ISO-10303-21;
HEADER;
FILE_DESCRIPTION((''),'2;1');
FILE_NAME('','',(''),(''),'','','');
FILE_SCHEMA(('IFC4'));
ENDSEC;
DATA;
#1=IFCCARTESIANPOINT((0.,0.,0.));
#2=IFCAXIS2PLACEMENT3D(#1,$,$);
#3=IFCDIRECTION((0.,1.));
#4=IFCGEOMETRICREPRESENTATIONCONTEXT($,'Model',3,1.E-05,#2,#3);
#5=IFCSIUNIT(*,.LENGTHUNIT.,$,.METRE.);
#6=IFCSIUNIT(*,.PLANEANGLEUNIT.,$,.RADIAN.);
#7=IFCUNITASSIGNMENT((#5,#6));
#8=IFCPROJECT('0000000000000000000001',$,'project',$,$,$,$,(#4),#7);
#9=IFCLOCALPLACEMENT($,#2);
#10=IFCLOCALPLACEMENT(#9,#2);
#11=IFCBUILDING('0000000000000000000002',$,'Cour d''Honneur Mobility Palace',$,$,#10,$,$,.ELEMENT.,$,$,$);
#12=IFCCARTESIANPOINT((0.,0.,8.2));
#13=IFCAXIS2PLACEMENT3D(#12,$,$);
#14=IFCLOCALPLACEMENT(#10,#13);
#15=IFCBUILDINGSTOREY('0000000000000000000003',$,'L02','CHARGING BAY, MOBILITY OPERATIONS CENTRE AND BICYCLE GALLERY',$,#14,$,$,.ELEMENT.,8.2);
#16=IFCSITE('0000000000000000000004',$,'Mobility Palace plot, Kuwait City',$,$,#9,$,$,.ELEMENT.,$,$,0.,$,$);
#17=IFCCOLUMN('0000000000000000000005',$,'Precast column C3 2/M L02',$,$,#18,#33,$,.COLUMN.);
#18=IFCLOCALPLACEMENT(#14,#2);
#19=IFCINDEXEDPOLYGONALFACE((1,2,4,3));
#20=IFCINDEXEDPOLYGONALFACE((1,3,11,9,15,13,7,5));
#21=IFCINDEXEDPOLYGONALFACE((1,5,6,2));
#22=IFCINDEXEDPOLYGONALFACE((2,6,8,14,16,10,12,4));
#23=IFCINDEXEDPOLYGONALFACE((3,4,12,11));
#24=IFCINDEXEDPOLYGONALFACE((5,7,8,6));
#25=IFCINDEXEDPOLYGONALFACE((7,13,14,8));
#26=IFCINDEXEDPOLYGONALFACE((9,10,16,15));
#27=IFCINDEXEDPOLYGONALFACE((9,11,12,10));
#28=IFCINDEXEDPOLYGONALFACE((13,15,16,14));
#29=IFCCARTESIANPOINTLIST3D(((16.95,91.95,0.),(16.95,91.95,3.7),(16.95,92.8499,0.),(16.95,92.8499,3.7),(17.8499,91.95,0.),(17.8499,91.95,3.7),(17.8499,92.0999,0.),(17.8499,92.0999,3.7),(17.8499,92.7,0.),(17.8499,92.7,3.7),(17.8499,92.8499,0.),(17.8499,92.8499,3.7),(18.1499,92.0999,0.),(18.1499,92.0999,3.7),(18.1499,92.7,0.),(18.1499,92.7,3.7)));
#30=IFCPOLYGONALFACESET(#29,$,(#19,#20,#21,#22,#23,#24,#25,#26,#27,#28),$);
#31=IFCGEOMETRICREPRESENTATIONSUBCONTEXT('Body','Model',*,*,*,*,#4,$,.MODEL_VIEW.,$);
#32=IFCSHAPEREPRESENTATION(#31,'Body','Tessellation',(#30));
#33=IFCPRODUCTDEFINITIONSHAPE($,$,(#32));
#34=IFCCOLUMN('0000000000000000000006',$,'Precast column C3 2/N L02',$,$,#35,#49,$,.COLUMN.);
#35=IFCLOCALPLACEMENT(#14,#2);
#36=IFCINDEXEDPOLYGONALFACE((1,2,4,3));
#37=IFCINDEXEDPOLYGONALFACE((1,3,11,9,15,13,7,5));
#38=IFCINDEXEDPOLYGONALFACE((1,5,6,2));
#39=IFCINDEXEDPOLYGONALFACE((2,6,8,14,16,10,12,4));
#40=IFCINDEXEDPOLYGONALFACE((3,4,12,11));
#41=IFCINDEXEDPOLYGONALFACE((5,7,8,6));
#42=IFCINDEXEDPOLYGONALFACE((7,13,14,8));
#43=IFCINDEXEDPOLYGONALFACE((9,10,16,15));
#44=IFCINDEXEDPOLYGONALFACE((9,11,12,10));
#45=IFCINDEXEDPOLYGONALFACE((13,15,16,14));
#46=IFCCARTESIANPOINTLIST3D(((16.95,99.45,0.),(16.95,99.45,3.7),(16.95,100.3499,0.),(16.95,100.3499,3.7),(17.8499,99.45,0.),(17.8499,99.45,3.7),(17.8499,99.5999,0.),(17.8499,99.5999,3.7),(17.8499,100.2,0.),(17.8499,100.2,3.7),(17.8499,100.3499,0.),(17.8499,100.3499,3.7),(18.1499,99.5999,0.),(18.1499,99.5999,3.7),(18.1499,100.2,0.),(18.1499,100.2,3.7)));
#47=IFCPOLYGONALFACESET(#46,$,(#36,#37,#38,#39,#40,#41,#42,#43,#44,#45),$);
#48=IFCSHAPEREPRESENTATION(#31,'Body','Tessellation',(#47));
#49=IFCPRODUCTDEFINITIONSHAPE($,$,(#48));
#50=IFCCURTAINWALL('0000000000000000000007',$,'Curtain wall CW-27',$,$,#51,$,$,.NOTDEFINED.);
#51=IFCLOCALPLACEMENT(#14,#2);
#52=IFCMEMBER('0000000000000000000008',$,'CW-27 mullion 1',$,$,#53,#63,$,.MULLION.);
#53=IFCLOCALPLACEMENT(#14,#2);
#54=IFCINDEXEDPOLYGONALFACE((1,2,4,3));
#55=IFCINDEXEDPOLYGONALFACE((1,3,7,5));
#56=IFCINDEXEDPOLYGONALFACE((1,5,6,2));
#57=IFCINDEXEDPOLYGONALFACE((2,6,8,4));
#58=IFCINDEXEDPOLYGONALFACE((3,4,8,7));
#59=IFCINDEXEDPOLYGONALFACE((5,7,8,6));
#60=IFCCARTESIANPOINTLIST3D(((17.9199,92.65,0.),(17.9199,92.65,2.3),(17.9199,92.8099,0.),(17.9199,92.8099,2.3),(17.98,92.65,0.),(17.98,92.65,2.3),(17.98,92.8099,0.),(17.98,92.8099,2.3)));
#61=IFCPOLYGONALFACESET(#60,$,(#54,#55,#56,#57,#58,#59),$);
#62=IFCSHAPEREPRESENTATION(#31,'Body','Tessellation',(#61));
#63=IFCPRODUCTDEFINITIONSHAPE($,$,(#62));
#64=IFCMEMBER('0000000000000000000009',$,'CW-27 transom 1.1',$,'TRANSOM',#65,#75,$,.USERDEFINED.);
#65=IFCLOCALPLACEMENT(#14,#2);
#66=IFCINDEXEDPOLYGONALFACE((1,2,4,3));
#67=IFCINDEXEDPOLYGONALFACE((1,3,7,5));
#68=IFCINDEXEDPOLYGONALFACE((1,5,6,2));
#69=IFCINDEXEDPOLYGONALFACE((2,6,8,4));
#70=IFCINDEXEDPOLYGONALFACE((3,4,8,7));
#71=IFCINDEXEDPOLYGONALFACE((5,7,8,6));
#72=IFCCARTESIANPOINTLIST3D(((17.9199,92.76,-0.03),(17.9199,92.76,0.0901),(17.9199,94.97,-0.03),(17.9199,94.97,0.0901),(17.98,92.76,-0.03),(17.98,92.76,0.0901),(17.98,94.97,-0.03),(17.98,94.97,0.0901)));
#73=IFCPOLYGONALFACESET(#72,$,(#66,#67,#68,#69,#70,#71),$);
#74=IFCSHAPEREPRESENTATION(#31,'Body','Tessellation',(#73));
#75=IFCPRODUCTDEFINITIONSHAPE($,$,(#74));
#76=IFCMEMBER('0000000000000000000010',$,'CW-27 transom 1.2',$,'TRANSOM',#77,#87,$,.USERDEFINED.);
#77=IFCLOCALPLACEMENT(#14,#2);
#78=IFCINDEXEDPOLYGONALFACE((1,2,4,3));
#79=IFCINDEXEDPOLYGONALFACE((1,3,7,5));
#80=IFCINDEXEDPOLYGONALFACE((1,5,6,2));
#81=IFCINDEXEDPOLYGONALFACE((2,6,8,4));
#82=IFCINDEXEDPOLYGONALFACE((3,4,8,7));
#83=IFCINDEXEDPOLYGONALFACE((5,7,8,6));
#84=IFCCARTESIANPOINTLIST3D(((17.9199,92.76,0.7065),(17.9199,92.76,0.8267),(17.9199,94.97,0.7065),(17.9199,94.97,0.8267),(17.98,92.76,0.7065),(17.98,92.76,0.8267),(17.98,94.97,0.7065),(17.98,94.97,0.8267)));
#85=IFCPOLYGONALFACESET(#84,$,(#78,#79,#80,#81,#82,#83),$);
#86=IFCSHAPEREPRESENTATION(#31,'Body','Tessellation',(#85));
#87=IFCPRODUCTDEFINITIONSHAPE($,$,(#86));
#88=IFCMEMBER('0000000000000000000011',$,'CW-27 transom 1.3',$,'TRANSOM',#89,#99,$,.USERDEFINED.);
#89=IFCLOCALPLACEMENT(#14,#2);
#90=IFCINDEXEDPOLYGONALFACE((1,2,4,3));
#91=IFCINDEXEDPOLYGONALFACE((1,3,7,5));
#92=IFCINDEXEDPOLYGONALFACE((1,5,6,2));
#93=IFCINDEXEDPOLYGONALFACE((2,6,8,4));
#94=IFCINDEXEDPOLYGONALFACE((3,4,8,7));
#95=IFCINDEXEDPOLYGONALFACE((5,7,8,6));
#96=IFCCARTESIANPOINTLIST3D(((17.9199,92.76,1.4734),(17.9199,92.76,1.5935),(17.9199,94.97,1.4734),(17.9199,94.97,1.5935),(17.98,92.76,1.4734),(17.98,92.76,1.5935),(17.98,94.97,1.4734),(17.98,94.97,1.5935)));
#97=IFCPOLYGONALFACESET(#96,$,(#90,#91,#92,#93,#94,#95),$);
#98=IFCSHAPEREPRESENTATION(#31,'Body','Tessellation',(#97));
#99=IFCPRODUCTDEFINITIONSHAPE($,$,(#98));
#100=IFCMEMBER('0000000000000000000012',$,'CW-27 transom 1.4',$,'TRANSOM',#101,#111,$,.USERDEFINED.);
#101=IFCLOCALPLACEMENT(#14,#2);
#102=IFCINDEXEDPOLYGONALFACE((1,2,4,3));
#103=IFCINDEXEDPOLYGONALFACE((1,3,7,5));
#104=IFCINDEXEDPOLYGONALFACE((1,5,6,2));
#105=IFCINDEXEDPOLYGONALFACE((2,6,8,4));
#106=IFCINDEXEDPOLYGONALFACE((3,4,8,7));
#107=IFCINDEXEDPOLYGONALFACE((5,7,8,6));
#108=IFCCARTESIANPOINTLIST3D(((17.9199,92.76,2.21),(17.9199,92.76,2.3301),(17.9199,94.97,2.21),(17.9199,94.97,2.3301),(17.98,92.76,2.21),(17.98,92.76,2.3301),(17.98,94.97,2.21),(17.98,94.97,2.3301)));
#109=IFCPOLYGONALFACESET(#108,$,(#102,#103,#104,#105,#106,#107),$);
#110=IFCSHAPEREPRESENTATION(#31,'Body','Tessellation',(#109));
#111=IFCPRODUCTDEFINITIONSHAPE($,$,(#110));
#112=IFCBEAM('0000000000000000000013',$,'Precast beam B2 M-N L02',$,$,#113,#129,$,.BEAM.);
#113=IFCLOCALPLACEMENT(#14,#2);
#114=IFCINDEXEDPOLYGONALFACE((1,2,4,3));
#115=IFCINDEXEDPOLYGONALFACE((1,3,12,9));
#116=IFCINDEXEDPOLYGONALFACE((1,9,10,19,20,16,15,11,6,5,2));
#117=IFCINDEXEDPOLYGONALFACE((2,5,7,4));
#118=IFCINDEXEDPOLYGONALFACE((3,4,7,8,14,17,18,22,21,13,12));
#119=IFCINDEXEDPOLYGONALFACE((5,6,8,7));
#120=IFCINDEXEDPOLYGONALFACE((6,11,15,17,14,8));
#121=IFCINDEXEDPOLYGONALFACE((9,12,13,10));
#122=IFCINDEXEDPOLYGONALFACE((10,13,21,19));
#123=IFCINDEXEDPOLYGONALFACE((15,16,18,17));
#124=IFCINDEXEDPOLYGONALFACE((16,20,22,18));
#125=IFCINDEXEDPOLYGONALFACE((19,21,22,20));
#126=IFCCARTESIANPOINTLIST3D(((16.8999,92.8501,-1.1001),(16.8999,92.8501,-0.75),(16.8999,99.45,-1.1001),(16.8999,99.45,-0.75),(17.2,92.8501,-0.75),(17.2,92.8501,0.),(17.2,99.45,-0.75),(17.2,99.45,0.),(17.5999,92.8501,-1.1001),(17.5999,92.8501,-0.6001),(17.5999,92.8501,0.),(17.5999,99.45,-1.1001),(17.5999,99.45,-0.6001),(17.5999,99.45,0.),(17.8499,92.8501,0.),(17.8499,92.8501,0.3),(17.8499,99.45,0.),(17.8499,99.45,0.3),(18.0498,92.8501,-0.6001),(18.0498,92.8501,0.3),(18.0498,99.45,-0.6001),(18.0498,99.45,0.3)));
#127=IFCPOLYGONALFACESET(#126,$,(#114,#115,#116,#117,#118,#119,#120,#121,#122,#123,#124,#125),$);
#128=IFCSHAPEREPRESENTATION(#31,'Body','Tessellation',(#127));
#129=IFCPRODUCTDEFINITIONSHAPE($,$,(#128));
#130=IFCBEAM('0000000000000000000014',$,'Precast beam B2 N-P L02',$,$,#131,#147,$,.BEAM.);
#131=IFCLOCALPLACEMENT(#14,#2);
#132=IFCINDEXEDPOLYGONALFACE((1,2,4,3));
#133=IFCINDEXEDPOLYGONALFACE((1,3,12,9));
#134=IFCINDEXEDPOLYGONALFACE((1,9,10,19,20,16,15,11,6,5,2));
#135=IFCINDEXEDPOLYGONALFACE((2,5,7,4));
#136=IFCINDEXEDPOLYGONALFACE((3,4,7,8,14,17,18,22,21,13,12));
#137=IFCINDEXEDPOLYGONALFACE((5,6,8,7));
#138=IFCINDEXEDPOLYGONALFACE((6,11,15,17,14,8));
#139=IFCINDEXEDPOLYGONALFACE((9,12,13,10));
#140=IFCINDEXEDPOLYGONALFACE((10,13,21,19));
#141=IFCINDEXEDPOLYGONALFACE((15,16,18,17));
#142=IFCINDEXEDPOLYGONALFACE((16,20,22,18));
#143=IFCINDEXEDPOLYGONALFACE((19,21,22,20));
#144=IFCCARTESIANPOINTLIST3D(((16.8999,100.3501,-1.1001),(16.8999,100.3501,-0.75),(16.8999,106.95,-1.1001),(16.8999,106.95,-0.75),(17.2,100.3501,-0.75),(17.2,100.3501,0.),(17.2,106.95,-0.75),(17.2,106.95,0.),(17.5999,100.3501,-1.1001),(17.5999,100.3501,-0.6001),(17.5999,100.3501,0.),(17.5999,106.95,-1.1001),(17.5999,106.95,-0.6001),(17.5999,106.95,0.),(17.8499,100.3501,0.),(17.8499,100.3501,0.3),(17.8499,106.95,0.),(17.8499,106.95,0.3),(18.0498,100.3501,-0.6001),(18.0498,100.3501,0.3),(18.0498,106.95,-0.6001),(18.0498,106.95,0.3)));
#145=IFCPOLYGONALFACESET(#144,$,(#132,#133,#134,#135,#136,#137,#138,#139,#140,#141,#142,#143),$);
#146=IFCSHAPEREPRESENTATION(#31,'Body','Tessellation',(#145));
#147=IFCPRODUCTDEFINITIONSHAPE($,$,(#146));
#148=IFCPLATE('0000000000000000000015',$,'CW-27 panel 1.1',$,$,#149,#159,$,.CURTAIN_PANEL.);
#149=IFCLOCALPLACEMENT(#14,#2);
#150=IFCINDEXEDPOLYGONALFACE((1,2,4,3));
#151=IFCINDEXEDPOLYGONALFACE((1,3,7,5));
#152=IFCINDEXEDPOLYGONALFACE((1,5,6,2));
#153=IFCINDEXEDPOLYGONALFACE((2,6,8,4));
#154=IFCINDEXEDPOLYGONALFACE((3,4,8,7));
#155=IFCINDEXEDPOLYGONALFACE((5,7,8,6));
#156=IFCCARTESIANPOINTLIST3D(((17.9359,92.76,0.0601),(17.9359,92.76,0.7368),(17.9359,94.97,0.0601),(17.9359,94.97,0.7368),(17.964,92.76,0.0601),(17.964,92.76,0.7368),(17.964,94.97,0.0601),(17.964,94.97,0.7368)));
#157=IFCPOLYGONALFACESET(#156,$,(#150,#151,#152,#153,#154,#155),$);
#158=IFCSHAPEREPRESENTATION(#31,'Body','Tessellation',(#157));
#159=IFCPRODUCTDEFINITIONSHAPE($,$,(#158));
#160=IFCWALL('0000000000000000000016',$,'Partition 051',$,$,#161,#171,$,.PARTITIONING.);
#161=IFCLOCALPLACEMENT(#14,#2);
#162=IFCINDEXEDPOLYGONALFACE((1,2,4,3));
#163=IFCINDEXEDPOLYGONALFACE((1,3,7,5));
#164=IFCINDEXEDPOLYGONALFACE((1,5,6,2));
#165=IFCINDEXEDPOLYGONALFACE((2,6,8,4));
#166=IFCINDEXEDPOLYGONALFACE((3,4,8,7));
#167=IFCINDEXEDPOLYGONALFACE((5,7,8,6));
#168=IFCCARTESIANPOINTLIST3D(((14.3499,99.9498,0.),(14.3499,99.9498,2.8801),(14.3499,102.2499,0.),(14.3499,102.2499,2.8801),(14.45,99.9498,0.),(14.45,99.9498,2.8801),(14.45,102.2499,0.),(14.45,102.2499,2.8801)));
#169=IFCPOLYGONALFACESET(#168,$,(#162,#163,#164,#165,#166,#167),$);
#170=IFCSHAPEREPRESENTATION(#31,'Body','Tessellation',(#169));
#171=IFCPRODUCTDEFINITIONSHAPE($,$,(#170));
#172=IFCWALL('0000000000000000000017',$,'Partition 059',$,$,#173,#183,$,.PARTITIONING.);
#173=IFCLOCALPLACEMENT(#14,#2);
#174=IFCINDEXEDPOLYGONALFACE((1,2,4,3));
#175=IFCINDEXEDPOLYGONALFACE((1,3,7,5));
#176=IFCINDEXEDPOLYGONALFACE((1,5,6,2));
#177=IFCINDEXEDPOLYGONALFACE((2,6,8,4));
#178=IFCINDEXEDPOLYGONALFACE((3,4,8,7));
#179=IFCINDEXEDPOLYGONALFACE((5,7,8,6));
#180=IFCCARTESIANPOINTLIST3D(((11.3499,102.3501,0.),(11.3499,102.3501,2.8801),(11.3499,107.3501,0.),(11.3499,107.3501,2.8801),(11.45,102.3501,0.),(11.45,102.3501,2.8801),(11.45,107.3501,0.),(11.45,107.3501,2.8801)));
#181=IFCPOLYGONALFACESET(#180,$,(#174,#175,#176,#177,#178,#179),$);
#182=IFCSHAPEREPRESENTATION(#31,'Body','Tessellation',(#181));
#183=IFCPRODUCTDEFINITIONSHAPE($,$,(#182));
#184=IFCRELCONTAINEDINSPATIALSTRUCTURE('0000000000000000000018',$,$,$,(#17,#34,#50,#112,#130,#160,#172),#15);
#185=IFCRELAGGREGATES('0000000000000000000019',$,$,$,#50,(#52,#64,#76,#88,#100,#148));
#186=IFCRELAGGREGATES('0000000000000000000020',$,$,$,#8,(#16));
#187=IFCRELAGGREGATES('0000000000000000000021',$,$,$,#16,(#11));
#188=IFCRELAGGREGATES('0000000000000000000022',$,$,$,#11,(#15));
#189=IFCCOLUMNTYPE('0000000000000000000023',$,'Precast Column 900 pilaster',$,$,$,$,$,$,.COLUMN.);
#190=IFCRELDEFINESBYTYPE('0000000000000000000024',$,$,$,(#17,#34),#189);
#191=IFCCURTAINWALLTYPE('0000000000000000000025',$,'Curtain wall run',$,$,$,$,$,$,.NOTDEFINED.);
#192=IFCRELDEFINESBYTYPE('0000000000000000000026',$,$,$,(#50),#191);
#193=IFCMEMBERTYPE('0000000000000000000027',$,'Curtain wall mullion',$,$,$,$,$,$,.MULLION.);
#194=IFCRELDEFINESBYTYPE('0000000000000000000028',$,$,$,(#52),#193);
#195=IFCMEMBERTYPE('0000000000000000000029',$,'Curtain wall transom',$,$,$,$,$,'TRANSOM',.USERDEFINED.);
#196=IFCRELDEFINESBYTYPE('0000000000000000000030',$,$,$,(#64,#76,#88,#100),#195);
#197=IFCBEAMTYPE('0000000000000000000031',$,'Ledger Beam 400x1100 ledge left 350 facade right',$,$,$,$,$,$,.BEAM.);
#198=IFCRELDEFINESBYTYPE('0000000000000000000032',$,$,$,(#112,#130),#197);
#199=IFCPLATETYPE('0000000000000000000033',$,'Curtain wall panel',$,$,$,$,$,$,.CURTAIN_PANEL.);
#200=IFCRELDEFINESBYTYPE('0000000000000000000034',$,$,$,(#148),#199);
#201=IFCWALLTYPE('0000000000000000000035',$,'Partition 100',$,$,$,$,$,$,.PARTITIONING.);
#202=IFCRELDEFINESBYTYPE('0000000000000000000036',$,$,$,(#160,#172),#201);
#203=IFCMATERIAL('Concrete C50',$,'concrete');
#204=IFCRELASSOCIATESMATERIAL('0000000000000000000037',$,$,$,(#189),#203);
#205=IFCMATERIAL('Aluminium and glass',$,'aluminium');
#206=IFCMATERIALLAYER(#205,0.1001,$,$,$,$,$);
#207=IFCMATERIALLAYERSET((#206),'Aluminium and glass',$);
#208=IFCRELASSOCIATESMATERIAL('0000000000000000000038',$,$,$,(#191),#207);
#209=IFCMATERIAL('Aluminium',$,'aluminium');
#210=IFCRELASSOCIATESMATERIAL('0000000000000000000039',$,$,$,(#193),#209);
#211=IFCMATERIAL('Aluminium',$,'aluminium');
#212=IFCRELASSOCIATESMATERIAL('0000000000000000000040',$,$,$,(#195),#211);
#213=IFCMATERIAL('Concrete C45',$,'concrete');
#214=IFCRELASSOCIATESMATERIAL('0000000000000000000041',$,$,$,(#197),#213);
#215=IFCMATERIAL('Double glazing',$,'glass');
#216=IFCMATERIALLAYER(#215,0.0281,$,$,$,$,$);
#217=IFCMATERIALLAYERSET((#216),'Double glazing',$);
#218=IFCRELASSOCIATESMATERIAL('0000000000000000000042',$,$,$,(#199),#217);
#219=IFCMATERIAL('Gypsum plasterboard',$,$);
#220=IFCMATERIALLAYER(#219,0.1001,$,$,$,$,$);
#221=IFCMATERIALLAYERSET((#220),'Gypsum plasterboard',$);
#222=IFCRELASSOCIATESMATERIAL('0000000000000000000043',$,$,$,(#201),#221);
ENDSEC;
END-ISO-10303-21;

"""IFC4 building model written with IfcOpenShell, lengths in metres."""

from ifc_helpers import new_model, si_unit, direction, frame, frame_2d, origin, origin_2d, place, context, subcontext, project, spatial, polyline, rectangle, outline, extrude, material, layer, layer_set, material_profile, profile_set, type_object, element, aggregate, save


model = new_model("IFC4")

# Units and contexts
model_context = context("Model", 3, precision=1e-05, world=origin(), true_north=direction((0.0, 1.0)))
body_context = subcontext(model_context, "Body", "Model", "MODEL_VIEW")
ifc_project = project(units=[si_unit("LENGTHUNIT", "METRE"), si_unit("PLANEANGLEUNIT", "RADIAN")], contexts=[model_context])

# Site, building, storey
site_placement = place(None, origin())
site = spatial("IfcSite", under=ifc_project, at=site_placement, Name="Mobility Palace plot, Kuwait City", CompositionType="ELEMENT", RefElevation=0.0)
building_placement = place(site_placement, origin())
building = spatial("IfcBuilding", under=site, at=building_placement, Name="Cour d'Honneur Mobility Palace", CompositionType="ELEMENT")
storey_placement = place(building_placement, frame((0.0, 0.0, 8.2)))
storey = spatial("IfcBuildingStorey", under=building, at=storey_placement, Name="L02", Description="CHARGING BAY, MOBILITY OPERATIONS CENTRE AND BICYCLE GALLERY", CompositionType="ELEMENT", Elevation=8.2)

# Columns
ifc_material_1 = material(Name="Concrete C50", Category="concrete")
ifc_material_profile_1 = material_profile(ifc_material_1, outline(polyline([(-0.45, -0.45), (0.45, -0.45), (0.45, -0.3), (0.75, -0.3), (0.75, 0.3), (0.45, 0.3), (0.45, 0.45), (-0.45, 0.45), (-0.45, -0.45)])), Name="PC C900 pilaster")
ifc_profile_set_1 = profile_set([ifc_material_profile_1], Name="Concrete C50")
column_type = type_object("IfcColumnType", Name="Precast Column 900 pilaster", PredefinedType="COLUMN", material=ifc_profile_set_1)
for number, where, z_axis, x_axis, name in (
    (1, (17.3999, 92.3999, 0.0), (0.0, 0.0, 1.0), (1.0, 0.0, 0.0), "Precast column C3 2/M L02"),
    (2, (17.3999, 99.8999, 0.0), (0.0, 0.0, 1.0), (1.0, 0.0, 0.0), "Precast column C3 2/N L02"),
):
    element("IfcColumn", number, at=place(storey_placement, frame(where, z_axis=z_axis, x_axis=x_axis)), inside=storey, type_object=column_type, Name=name, PredefinedType="COLUMN", context=body_context, shape_type="SweptSolid", body=[
        extrude(outline(polyline([(-0.45, -0.45), (0.45, -0.45), (0.45, -0.3), (0.75, -0.3), (0.75, 0.3), (0.45, 0.3), (0.45, 0.45), (-0.45, 0.45), (-0.45, -0.45)])), origin(), (0.0, 0.0, 1.0), 3.7),
    ])

# Curtain wall, members
ifc_material_2 = material(Name="Aluminium and glass", Category="aluminium")
ifc_layer_1 = layer(ifc_material_2, 0.1001)
ifc_layer_set_1 = layer_set([ifc_layer_1], Name="Aluminium and glass")
curtain_wall_type = type_object("IfcCurtainWallType", Name="Curtain wall run", PredefinedType="NOTDEFINED", material=ifc_layer_set_1)
curtain_wall_placement = place(storey_placement, origin())
curtain_wall = element("IfcCurtainWall", 3, at=curtain_wall_placement, inside=storey, type_object=curtain_wall_type, Name="Curtain wall CW-27", PredefinedType="NOTDEFINED")
ifc_material_3 = material(Name="Aluminium", Category="aluminium")
ifc_material_profile_2 = material_profile(ifc_material_3, rectangle(XDim=0.0601, YDim=0.1599, at=origin_2d()), Name="Curtain wall mullion")
ifc_profile_set_2 = profile_set([ifc_material_profile_2], Name="Aluminium")
member_type_1 = type_object("IfcMemberType", Name="Curtain wall mullion", PredefinedType="MULLION", material=ifc_profile_set_2)
member_1_placement = place(storey_placement, frame((17.95, 92.73, 0.0), z_axis=(0.0, 0.0, 1.0), x_axis=(-1.0, 0.0, 0.0)))
member_1 = element("IfcMember", 4, at=member_1_placement, type_object=member_type_1, Name="CW-27 mullion 1", PredefinedType="MULLION", context=body_context, shape_type="SweptSolid", body=[
    extrude(rectangle(XDim=0.0601, YDim=0.1599, at=origin_2d()), origin(), (0.0, 0.0, 1.0), 2.3),
])
ifc_material_4 = material(Name="Aluminium", Category="aluminium")
ifc_material_profile_3 = material_profile(ifc_material_4, rectangle(XDim=0.0601, YDim=0.1201, at=origin_2d()), Name="Curtain wall transom")
ifc_profile_set_3 = profile_set([ifc_material_profile_3], Name="Aluminium")
member_type_2 = type_object("IfcMemberType", Name="Curtain wall transom", ElementType="TRANSOM", PredefinedType="USERDEFINED", material=ifc_profile_set_3)
member_2_placement = place(storey_placement, frame((17.95, 92.76, 0.03), z_axis=(0.0, 1.0, 0.0), x_axis=(-1.0, 0.0, 0.0)))
member_2 = element("IfcMember", 5, at=member_2_placement, type_object=member_type_2, Name="CW-27 transom 1.1", ObjectType="TRANSOM", PredefinedType="USERDEFINED", context=body_context, shape_type="SweptSolid", body=[
    extrude(rectangle(XDim=0.0601, YDim=0.1201, at=origin_2d()), origin(), (0.0, 0.0, 1.0), 2.21),
])
member_3_placement = place(storey_placement, frame((17.95, 92.76, 0.7666), z_axis=(0.0, 1.0, 0.0), x_axis=(-1.0, 0.0, 0.0)))
member_3 = element("IfcMember", 6, at=member_3_placement, type_object=member_type_2, Name="CW-27 transom 1.2", ObjectType="TRANSOM", PredefinedType="USERDEFINED", context=body_context, shape_type="SweptSolid", body=[
    extrude(rectangle(XDim=0.0601, YDim=0.1201, at=origin_2d()), origin(), (0.0, 0.0, 1.0), 2.21),
])
member_4_placement = place(storey_placement, frame((17.95, 92.76, 1.5334), z_axis=(0.0, 1.0, 0.0), x_axis=(-1.0, 0.0, 0.0)))
member_4 = element("IfcMember", 7, at=member_4_placement, type_object=member_type_2, Name="CW-27 transom 1.3", ObjectType="TRANSOM", PredefinedType="USERDEFINED", context=body_context, shape_type="SweptSolid", body=[
    extrude(rectangle(XDim=0.0601, YDim=0.1201, at=origin_2d()), origin(), (0.0, 0.0, 1.0), 2.21),
])
member_5_placement = place(storey_placement, frame((17.95, 92.76, 2.27), z_axis=(0.0, 1.0, 0.0), x_axis=(-1.0, 0.0, 0.0)))
member_5 = element("IfcMember", 8, at=member_5_placement, type_object=member_type_2, Name="CW-27 transom 1.4", ObjectType="TRANSOM", PredefinedType="USERDEFINED", context=body_context, shape_type="SweptSolid", body=[
    extrude(rectangle(XDim=0.0601, YDim=0.1201, at=origin_2d()), origin(), (0.0, 0.0, 1.0), 2.21),
])

# Beams
ifc_material_5 = material(Name="Concrete C45", Category="concrete")
ifc_material_profile_4 = material_profile(ifc_material_5, outline(polyline([(0.5, -1.1001), (0.5, -0.75), (0.2, -0.75), (0.2, 0.0), (-0.2, 0.0), (-0.45, 0.0), (-0.45, 0.3), (-0.6499, 0.3), (-0.6499, -0.6001), (-0.2, -0.6001), (-0.2, -1.1001), (0.5, -1.1001)])), Name="Ledger Beam 400x1100 ledge left 350 facade right")
ifc_profile_set_4 = profile_set([ifc_material_profile_4], Name="Concrete C45")
beam_type = type_object("IfcBeamType", Name="Ledger Beam 400x1100 ledge left 350 facade right", PredefinedType="BEAM", material=ifc_profile_set_4)
for number, where, z_axis, x_axis, name in (
    (9, (17.3999, 92.8501, 0.0), (0.0, 1.0, 0.0), (-1.0, 0.0, 0.0), "Precast beam B2 M-N L02"),
    (10, (17.3999, 100.3501, 0.0), (0.0, 1.0, 0.0), (-1.0, 0.0, 0.0), "Precast beam B2 N-P L02"),
):
    element("IfcBeam", number, at=place(storey_placement, frame(where, z_axis=z_axis, x_axis=x_axis)), inside=storey, type_object=beam_type, Name=name, PredefinedType="BEAM", context=body_context, shape_type="SweptSolid", body=[
        extrude(outline(polyline([(0.5, -1.1001), (0.5, -0.75), (0.2, -0.75), (0.2, 0.0), (-0.2, 0.0), (-0.45, 0.0), (-0.45, 0.3), (-0.6499, 0.3), (-0.6499, -0.6001), (-0.2, -0.6001), (-0.2, -1.1001), (0.5, -1.1001)])), origin(), (0.0, 0.0, 1.0), 6.5999),
    ])

# Plate
ifc_material_6 = material(Name="Double glazing", Category="glass")
ifc_layer_2 = layer(ifc_material_6, 0.0281)
ifc_layer_set_2 = layer_set([ifc_layer_2], Name="Double glazing")
plate_type = type_object("IfcPlateType", Name="Curtain wall panel", PredefinedType="CURTAIN_PANEL", material=ifc_layer_set_2)
plate_placement = place(storey_placement, frame((17.95, 93.865, 0.0601), z_axis=(0.0, 0.0, 1.0), x_axis=(0.0, 1.0, 0.0)))
plate = element("IfcPlate", 11, at=plate_placement, type_object=plate_type, Name="CW-27 panel 1.1", PredefinedType="CURTAIN_PANEL", context=body_context, shape_type="SweptSolid", body=[
    extrude(rectangle(XDim=2.21, YDim=0.0281, at=origin_2d()), origin(), (0.0, 0.0, 1.0), 0.6768),
])
aggregate(curtain_wall, [member_1, member_2, member_3, member_4, member_5, plate])

# Walls
ifc_material_7 = material(Name="Gypsum plasterboard")
ifc_layer_3 = layer(ifc_material_7, 0.1001)
ifc_layer_set_3 = layer_set([ifc_layer_3], Name="Gypsum plasterboard")
wall_type = type_object("IfcWallType", Name="Partition 100", PredefinedType="PARTITIONING", material=ifc_layer_set_3)
wall_1_placement = place(storey_placement, frame((14.3999, 99.95, 0.0), z_axis=(0.0, 0.0, 1.0), x_axis=(0.0, 1.0, 0.0)))
element("IfcWall", 12, at=wall_1_placement, inside=storey, type_object=wall_type, Name="Partition 051", PredefinedType="PARTITIONING", context=body_context, shape_type="SweptSolid", body=[
    extrude(rectangle(XDim=2.3, YDim=0.1001, at=frame_2d((1.1499, 0.0))), origin(), (0.0, 0.0, 1.0), 2.8801),
])
wall_2_placement = place(storey_placement, frame((11.3999, 102.3501, 0.0), z_axis=(0.0, 0.0, 1.0), x_axis=(0.0, 1.0, 0.0)))
element("IfcWall", 13, at=wall_2_placement, inside=storey, type_object=wall_type, Name="Partition 059", PredefinedType="PARTITIONING", context=body_context, shape_type="SweptSolid", body=[
    extrude(rectangle(XDim=5.0, YDim=0.1001, at=frame_2d((2.5, 0.0))), origin(), (0.0, 0.0, 1.0), 2.8801),
])

save(model, "model.ifc")
